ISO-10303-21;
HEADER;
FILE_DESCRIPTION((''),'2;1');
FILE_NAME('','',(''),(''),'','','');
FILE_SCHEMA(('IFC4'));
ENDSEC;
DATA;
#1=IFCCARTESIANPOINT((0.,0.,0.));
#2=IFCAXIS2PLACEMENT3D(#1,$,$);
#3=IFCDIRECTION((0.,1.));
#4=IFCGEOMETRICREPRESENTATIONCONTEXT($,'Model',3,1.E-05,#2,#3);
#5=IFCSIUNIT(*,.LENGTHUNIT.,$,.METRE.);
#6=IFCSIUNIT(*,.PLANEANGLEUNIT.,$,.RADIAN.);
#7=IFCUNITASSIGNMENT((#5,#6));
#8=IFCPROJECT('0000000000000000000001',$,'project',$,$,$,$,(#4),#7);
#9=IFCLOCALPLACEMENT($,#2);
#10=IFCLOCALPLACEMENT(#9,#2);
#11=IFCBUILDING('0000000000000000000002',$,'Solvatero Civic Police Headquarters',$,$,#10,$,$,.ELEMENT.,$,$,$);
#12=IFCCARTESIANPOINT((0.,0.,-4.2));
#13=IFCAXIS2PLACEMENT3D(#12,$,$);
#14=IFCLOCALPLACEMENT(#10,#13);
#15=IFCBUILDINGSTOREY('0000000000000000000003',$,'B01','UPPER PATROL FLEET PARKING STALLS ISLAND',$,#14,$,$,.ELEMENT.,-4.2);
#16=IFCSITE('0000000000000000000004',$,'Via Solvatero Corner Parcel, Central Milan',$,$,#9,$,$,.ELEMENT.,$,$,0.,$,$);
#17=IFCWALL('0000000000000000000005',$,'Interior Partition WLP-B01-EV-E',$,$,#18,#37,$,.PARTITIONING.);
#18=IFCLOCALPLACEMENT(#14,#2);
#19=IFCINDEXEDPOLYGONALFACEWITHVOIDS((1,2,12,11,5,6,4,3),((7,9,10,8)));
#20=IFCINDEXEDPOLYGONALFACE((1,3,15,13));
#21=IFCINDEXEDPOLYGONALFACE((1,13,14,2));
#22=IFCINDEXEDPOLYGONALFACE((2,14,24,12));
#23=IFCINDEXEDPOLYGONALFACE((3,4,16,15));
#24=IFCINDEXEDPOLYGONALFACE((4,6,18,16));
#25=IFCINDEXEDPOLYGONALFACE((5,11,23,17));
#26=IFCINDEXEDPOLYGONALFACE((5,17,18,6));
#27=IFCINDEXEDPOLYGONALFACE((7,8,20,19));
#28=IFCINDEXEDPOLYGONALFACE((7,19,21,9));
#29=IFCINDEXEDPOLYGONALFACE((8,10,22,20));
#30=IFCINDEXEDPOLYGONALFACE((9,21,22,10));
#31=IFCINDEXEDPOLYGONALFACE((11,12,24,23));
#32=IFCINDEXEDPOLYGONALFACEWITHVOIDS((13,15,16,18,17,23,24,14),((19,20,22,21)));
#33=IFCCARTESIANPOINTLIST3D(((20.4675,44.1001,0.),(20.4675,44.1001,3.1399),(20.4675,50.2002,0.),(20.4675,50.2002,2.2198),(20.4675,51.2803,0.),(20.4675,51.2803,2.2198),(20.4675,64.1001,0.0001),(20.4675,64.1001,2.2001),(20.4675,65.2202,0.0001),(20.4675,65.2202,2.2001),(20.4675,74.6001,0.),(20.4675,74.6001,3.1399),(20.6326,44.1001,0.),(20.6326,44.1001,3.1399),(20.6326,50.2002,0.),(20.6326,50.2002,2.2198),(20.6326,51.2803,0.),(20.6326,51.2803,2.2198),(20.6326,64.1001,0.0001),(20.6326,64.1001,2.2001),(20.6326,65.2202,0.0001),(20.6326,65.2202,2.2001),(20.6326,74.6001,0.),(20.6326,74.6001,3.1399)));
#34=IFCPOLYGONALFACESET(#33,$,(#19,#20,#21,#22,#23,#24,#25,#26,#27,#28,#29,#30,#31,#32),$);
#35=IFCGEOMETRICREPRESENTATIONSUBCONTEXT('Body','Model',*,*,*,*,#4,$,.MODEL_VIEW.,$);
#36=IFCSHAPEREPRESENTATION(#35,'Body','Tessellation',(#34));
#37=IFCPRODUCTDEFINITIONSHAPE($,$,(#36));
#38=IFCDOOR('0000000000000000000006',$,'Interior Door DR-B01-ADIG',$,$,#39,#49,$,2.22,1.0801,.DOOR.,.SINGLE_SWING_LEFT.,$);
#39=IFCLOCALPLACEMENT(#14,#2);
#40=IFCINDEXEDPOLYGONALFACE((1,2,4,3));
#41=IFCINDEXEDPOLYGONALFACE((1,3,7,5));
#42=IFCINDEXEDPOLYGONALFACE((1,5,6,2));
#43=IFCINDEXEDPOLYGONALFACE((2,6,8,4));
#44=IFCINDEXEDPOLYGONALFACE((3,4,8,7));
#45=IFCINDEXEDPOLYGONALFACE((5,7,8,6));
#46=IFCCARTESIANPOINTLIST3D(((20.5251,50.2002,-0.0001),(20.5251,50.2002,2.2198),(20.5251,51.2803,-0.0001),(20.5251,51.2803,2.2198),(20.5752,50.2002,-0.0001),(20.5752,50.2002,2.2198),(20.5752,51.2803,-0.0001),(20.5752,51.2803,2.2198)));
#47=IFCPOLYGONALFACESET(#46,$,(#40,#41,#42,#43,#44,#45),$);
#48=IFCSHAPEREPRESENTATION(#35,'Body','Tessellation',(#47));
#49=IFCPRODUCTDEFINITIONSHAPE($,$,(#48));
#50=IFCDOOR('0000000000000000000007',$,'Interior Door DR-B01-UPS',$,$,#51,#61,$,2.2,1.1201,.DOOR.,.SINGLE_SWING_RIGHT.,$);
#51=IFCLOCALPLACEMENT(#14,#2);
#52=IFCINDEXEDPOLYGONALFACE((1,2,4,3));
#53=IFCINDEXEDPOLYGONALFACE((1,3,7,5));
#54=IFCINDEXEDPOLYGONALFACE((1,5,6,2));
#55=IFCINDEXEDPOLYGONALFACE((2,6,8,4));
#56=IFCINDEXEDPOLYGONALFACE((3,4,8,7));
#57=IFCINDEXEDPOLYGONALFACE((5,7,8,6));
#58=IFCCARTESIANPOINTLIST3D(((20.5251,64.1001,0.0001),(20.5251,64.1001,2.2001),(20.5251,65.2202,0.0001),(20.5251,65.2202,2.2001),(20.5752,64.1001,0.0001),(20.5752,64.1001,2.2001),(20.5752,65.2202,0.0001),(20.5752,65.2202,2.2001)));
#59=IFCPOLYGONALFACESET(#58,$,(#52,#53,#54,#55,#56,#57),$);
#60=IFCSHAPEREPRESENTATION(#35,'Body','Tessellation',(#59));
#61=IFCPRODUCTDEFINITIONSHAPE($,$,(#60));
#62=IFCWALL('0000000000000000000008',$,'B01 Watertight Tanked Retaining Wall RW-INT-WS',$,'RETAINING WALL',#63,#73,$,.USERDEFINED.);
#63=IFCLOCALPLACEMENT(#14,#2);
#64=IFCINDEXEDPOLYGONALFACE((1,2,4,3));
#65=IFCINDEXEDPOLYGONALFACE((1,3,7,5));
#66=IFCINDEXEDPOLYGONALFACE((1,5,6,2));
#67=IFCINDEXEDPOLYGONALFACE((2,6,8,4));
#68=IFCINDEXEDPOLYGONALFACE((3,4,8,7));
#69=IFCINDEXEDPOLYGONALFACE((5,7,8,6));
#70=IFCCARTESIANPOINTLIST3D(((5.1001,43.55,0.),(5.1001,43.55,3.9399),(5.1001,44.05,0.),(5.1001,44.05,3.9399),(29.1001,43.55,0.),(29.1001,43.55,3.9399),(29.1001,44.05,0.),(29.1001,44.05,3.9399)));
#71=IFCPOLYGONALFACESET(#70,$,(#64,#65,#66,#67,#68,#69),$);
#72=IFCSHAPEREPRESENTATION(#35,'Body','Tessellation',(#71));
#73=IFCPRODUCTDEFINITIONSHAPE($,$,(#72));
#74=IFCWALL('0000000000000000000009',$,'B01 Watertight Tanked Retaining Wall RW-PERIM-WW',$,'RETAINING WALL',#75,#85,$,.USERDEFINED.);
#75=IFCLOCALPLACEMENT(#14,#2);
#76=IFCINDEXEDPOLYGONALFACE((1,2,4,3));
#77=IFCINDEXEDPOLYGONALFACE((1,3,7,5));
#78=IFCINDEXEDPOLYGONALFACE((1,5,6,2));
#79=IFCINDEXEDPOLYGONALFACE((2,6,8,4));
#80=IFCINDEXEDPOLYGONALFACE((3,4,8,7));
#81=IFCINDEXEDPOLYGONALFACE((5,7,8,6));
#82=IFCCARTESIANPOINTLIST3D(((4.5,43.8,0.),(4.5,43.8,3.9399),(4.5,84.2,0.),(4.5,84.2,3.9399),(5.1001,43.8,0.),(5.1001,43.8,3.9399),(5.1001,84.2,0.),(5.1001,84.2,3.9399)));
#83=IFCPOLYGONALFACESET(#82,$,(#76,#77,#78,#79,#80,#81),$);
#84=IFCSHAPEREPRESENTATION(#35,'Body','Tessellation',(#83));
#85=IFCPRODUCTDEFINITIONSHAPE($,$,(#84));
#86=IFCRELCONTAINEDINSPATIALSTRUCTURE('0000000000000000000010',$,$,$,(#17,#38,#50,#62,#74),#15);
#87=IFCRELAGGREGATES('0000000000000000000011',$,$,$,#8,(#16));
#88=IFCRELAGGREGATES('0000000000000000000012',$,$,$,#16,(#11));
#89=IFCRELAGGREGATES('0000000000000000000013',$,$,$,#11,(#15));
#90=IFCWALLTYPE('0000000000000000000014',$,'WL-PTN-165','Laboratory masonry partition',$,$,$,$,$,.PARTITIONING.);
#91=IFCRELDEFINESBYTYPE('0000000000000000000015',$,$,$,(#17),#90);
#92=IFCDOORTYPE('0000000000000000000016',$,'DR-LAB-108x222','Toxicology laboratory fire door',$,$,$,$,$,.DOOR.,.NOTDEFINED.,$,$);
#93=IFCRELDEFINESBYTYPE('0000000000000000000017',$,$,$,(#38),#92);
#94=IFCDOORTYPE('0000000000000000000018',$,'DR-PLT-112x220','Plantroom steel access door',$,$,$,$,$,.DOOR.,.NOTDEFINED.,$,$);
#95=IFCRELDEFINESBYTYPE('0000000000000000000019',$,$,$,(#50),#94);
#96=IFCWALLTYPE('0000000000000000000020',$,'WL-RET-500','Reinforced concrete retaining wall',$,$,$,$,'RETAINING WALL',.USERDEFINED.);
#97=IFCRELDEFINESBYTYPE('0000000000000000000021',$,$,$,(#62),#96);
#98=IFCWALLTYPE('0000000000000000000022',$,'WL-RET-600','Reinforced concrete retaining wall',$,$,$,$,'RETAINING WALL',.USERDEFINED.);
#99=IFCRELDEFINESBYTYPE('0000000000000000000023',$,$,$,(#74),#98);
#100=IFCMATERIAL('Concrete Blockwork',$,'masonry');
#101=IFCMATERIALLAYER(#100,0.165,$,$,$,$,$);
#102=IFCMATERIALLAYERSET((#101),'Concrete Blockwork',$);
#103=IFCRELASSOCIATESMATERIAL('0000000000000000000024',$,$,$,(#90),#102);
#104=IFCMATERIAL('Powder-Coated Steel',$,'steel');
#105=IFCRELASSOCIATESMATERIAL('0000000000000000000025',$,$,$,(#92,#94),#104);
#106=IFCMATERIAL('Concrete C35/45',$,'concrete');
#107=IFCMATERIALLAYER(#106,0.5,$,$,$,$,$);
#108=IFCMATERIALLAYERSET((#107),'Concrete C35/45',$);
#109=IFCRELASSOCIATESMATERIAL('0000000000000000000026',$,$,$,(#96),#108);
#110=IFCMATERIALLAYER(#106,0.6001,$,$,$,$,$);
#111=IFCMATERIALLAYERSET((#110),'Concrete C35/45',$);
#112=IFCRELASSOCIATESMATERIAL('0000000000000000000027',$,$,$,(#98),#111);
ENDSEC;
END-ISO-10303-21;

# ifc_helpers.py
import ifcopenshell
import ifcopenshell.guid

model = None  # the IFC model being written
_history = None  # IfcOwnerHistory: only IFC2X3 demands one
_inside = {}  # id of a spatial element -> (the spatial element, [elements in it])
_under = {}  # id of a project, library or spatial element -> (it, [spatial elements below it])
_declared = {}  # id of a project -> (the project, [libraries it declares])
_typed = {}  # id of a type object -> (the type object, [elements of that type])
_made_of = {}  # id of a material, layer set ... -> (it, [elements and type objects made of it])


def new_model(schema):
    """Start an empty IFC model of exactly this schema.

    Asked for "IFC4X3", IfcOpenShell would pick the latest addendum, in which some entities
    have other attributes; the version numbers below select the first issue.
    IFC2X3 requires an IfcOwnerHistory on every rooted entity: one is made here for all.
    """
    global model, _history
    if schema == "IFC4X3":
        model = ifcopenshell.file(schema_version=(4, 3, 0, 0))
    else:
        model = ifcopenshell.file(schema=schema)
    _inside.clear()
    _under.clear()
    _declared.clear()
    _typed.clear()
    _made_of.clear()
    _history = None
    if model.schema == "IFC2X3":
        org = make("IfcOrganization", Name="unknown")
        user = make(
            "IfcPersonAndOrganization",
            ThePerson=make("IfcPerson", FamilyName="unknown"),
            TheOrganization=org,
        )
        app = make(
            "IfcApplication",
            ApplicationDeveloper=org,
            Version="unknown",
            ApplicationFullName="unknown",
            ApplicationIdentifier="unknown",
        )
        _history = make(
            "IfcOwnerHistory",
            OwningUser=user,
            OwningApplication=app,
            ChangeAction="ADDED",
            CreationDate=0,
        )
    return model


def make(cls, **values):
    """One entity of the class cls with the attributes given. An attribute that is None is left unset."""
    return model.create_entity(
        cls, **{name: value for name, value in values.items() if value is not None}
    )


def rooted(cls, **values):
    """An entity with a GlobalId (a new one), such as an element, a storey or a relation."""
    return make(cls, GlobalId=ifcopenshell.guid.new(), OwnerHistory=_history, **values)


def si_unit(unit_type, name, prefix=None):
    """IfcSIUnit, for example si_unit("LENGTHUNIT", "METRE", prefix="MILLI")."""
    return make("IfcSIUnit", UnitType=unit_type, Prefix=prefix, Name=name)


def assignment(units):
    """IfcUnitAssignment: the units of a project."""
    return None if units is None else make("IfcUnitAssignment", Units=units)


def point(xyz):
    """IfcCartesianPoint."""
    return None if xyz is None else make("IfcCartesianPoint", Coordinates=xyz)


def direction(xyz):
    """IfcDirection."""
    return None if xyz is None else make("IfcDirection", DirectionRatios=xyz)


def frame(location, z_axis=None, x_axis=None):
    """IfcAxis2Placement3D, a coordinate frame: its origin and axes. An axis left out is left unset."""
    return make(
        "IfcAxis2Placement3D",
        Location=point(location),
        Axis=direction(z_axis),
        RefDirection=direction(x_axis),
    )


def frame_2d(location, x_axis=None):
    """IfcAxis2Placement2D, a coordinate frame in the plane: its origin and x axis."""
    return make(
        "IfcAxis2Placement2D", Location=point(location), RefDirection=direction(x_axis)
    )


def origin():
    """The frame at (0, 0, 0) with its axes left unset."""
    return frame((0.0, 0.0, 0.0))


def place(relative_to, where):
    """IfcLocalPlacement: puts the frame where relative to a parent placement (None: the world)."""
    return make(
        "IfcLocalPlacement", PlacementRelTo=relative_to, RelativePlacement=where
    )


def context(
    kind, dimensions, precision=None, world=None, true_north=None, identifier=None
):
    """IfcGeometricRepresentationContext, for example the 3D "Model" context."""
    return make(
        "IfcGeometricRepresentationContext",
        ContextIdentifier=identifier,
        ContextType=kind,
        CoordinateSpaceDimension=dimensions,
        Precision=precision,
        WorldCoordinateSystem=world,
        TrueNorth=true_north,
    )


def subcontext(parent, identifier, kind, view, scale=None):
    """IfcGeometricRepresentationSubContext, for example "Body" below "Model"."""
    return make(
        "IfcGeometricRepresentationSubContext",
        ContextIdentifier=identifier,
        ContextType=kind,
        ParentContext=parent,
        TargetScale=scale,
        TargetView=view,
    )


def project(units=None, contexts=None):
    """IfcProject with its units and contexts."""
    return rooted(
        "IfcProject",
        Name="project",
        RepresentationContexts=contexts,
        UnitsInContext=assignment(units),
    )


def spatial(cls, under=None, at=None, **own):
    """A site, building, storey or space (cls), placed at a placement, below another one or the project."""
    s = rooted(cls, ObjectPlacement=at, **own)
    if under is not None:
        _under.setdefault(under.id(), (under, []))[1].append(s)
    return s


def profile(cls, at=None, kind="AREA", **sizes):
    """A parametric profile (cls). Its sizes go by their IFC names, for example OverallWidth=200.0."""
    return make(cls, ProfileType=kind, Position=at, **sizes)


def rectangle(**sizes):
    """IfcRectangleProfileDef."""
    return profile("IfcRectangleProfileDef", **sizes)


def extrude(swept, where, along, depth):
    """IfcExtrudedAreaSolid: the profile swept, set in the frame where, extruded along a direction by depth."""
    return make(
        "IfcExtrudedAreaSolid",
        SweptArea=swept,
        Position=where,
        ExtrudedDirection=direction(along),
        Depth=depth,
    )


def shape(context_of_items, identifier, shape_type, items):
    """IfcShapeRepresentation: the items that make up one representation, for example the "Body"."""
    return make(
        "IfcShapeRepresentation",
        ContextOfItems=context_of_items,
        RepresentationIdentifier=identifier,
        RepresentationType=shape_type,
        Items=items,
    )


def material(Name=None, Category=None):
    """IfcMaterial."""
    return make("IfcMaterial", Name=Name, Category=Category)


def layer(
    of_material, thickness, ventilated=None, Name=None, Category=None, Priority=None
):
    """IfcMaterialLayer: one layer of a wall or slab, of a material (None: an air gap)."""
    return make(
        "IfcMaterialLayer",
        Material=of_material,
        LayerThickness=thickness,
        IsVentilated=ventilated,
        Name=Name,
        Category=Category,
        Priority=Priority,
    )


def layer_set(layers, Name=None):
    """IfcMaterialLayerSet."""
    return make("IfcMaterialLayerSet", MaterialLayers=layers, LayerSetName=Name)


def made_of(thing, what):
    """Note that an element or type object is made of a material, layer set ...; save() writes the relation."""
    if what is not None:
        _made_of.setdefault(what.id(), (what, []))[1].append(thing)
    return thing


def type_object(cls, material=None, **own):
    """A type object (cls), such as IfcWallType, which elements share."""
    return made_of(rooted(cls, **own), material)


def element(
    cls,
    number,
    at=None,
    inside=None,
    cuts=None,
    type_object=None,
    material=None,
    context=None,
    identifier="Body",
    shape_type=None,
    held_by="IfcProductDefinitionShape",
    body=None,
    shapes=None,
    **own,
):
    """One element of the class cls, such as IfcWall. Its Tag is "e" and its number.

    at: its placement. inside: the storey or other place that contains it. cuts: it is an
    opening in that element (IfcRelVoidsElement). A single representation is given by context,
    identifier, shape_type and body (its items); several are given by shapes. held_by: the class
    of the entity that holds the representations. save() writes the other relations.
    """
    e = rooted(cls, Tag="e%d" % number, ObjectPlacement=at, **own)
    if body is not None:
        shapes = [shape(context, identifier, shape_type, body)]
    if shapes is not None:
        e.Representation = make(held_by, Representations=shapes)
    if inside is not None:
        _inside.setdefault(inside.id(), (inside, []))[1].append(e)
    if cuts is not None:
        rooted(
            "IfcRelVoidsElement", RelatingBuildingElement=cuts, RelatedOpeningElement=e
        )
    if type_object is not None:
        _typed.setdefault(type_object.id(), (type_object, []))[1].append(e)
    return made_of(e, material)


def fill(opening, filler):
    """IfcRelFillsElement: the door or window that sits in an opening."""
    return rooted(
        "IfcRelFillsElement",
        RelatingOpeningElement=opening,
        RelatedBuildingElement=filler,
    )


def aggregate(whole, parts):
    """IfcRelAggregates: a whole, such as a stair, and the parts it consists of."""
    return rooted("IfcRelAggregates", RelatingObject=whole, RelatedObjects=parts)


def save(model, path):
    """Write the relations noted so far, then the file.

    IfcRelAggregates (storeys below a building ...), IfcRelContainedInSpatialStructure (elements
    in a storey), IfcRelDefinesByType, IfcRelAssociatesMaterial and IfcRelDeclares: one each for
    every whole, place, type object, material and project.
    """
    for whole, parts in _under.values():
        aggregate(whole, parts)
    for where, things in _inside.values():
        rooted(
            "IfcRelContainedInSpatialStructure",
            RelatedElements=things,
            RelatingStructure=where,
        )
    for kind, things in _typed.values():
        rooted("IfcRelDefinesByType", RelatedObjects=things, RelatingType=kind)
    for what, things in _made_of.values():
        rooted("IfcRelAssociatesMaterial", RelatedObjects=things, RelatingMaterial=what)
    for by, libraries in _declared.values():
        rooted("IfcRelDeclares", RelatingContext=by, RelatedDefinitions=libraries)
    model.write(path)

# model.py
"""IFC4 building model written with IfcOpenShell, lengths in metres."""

from ifc_helpers import new_model, si_unit, direction, frame, frame_2d, origin, place, context, subcontext, project, spatial, rectangle, extrude, material, layer, layer_set, type_object, element, fill, save


model = new_model("IFC4")

# Units and contexts
model_context = context("Model", 3, precision=1e-05, world=origin(), true_north=direction((0.0, 1.0)))
body_context = subcontext(model_context, "Body", "Model", "MODEL_VIEW")
ifc_project = project(units=[si_unit("LENGTHUNIT", "METRE"), si_unit("PLANEANGLEUNIT", "RADIAN")], contexts=[model_context])

# Site, building, storey
site_placement = place(None, origin())
site = spatial("IfcSite", under=ifc_project, at=site_placement, Name="Via Solvatero Corner Parcel, Central Milan", CompositionType="ELEMENT", RefElevation=0.0)
building_placement = place(site_placement, origin())
building = spatial("IfcBuilding", under=site, at=building_placement, Name="Solvatero Civic Police Headquarters", CompositionType="ELEMENT")
storey_placement = place(building_placement, frame((0.0, 0.0, -4.2)))
storey = spatial("IfcBuildingStorey", under=building, at=storey_placement, Name="B01", Description="UPPER PATROL FLEET PARKING STALLS ISLAND", CompositionType="ELEMENT", Elevation=-4.2)

# Wall, openings, doors
ifc_material_1 = material(Name="Concrete Blockwork", Category="masonry")
ifc_layer_1 = layer(ifc_material_1, 0.165)
ifc_layer_set_1 = layer_set([ifc_layer_1], Name="Concrete Blockwork")
wall_type_1 = type_object("IfcWallType", Name="WL-PTN-165", Description="Laboratory masonry partition", PredefinedType="PARTITIONING", material=ifc_layer_set_1)
ifc_material_2 = material(Name="Powder-Coated Steel", Category="steel")
wall_1_placement = place(storey_placement, frame((20.55, 44.1001, 0.0), z_axis=(0.0, 0.0, 1.0), x_axis=(0.0, 1.0, 0.0)))
wall_1 = element("IfcWall", 1, at=wall_1_placement, inside=storey, type_object=wall_type_1, Name="Interior Partition WLP-B01-EV-E", PredefinedType="PARTITIONING", context=body_context, shape_type="SweptSolid", body=[
    extrude(rectangle(XDim=30.5, YDim=0.165, at=frame_2d((15.25, 0.0))), origin(), (0.0, 0.0, 1.0), 3.1399),
])
opening_1_placement = place(wall_1_placement, frame((6.1001, 0.0, 0.0)))
opening_1 = element("IfcOpeningElement", 2, at=opening_1_placement, cuts=wall_1, PredefinedType="OPENING", context=body_context, shape_type="SweptSolid", body=[
    extrude(rectangle(XDim=1.0801, YDim=2.22, at=frame_2d((0.54, 1.1099))), frame((0.0, 0.0925, 0.0), z_axis=(0.0, -1.0, 0.0), x_axis=(1.0, 0.0, 0.0)), (0.0, 0.0, 1.0), 0.1851),
])
opening_2_placement = place(wall_1_placement, frame((20.0, 0.0, 0.0)))
opening_2 = element("IfcOpeningElement", 3, at=opening_2_placement, cuts=wall_1, PredefinedType="OPENING", context=body_context, shape_type="SweptSolid", body=[
    extrude(rectangle(XDim=1.1201, YDim=2.2, at=frame_2d((0.5601, 1.1001))), frame((0.0, 0.0925, 0.0), z_axis=(0.0, -1.0, 0.0), x_axis=(1.0, 0.0, 0.0)), (0.0, 0.0, 1.0), 0.1851),
])
door_type_1 = type_object("IfcDoorType", Name="DR-LAB-108x222", Description="Toxicology laboratory fire door", OperationType="NOTDEFINED", PredefinedType="DOOR", material=ifc_material_2)
door_1_placement = place(opening_1_placement, origin())
door_1 = element("IfcDoor", 4, at=door_1_placement, inside=storey, type_object=door_type_1, Name="Interior Door DR-B01-ADIG", OperationType="SINGLE_SWING_LEFT", OverallHeight=2.22, OverallWidth=1.0801, PredefinedType="DOOR", context=body_context, shape_type="SweptSolid", body=[
    extrude(rectangle(XDim=1.0801, YDim=2.22, at=frame_2d((0.54, 1.1099))), frame((0.0, 0.0249, 0.0), z_axis=(0.0, -1.0, 0.0), x_axis=(1.0, 0.0, 0.0)), (0.0, 0.0, 1.0), 0.05),
])
fill(opening_1, door_1)
door_type_2 = type_object("IfcDoorType", Name="DR-PLT-112x220", Description="Plantroom steel access door", OperationType="NOTDEFINED", PredefinedType="DOOR", material=ifc_material_2)
door_2_placement = place(opening_2_placement, origin())
door_2 = element("IfcDoor", 5, at=door_2_placement, inside=storey, type_object=door_type_2, Name="Interior Door DR-B01-UPS", OperationType="SINGLE_SWING_RIGHT", OverallHeight=2.2, OverallWidth=1.1201, PredefinedType="DOOR", context=body_context, shape_type="SweptSolid", body=[
    extrude(rectangle(XDim=1.1201, YDim=2.2, at=frame_2d((0.5601, 1.1001))), frame((0.0, 0.0249, 0.0), z_axis=(0.0, -1.0, 0.0), x_axis=(1.0, 0.0, 0.0)), (0.0, 0.0, 1.0), 0.05),
])
fill(opening_2, door_2)

# Walls
ifc_material_3 = material(Name="Concrete C35/45", Category="concrete")
ifc_layer_2 = layer(ifc_material_3, 0.5)
ifc_layer_set_2 = layer_set([ifc_layer_2], Name="Concrete C35/45")
wall_type_2 = type_object("IfcWallType", Name="WL-RET-500", Description="Reinforced concrete retaining wall", ElementType="RETAINING WALL", PredefinedType="USERDEFINED", material=ifc_layer_set_2)
wall_2_placement = place(storey_placement, frame((5.1001, 43.8, 0.0), z_axis=(0.0, 0.0, 1.0), x_axis=(1.0, 0.0, 0.0)))
element("IfcWall", 6, at=wall_2_placement, inside=storey, type_object=wall_type_2, Name="B01 Watertight Tanked Retaining Wall RW-INT-WS", ObjectType="RETAINING WALL", PredefinedType="USERDEFINED", context=body_context, shape_type="SweptSolid", body=[
    extrude(rectangle(XDim=24.0, YDim=0.5, at=frame_2d((12.0, 0.0))), origin(), (0.0, 0.0, 1.0), 3.9399),
])
ifc_layer_3 = layer(ifc_material_3, 0.6001)
ifc_layer_set_3 = layer_set([ifc_layer_3], Name="Concrete C35/45")
wall_type_3 = type_object("IfcWallType", Name="WL-RET-600", Description="Reinforced concrete retaining wall", ElementType="RETAINING WALL", PredefinedType="USERDEFINED", material=ifc_layer_set_3)
wall_3_placement = place(storey_placement, frame((4.8, 43.8, 0.0), z_axis=(0.0, 0.0, 1.0), x_axis=(0.0, 1.0, 0.0)))
element("IfcWall", 7, at=wall_3_placement, inside=storey, type_object=wall_type_3, Name="B01 Watertight Tanked Retaining Wall RW-PERIM-WW", ObjectType="RETAINING WALL", PredefinedType="USERDEFINED", context=body_context, shape_type="SweptSolid", body=[
    extrude(rectangle(XDim=40.3999, YDim=0.6001, at=frame_2d((20.2, 0.0))), origin(), (0.0, 0.0, 1.0), 3.9399),
])

save(model, "model.ifc")
